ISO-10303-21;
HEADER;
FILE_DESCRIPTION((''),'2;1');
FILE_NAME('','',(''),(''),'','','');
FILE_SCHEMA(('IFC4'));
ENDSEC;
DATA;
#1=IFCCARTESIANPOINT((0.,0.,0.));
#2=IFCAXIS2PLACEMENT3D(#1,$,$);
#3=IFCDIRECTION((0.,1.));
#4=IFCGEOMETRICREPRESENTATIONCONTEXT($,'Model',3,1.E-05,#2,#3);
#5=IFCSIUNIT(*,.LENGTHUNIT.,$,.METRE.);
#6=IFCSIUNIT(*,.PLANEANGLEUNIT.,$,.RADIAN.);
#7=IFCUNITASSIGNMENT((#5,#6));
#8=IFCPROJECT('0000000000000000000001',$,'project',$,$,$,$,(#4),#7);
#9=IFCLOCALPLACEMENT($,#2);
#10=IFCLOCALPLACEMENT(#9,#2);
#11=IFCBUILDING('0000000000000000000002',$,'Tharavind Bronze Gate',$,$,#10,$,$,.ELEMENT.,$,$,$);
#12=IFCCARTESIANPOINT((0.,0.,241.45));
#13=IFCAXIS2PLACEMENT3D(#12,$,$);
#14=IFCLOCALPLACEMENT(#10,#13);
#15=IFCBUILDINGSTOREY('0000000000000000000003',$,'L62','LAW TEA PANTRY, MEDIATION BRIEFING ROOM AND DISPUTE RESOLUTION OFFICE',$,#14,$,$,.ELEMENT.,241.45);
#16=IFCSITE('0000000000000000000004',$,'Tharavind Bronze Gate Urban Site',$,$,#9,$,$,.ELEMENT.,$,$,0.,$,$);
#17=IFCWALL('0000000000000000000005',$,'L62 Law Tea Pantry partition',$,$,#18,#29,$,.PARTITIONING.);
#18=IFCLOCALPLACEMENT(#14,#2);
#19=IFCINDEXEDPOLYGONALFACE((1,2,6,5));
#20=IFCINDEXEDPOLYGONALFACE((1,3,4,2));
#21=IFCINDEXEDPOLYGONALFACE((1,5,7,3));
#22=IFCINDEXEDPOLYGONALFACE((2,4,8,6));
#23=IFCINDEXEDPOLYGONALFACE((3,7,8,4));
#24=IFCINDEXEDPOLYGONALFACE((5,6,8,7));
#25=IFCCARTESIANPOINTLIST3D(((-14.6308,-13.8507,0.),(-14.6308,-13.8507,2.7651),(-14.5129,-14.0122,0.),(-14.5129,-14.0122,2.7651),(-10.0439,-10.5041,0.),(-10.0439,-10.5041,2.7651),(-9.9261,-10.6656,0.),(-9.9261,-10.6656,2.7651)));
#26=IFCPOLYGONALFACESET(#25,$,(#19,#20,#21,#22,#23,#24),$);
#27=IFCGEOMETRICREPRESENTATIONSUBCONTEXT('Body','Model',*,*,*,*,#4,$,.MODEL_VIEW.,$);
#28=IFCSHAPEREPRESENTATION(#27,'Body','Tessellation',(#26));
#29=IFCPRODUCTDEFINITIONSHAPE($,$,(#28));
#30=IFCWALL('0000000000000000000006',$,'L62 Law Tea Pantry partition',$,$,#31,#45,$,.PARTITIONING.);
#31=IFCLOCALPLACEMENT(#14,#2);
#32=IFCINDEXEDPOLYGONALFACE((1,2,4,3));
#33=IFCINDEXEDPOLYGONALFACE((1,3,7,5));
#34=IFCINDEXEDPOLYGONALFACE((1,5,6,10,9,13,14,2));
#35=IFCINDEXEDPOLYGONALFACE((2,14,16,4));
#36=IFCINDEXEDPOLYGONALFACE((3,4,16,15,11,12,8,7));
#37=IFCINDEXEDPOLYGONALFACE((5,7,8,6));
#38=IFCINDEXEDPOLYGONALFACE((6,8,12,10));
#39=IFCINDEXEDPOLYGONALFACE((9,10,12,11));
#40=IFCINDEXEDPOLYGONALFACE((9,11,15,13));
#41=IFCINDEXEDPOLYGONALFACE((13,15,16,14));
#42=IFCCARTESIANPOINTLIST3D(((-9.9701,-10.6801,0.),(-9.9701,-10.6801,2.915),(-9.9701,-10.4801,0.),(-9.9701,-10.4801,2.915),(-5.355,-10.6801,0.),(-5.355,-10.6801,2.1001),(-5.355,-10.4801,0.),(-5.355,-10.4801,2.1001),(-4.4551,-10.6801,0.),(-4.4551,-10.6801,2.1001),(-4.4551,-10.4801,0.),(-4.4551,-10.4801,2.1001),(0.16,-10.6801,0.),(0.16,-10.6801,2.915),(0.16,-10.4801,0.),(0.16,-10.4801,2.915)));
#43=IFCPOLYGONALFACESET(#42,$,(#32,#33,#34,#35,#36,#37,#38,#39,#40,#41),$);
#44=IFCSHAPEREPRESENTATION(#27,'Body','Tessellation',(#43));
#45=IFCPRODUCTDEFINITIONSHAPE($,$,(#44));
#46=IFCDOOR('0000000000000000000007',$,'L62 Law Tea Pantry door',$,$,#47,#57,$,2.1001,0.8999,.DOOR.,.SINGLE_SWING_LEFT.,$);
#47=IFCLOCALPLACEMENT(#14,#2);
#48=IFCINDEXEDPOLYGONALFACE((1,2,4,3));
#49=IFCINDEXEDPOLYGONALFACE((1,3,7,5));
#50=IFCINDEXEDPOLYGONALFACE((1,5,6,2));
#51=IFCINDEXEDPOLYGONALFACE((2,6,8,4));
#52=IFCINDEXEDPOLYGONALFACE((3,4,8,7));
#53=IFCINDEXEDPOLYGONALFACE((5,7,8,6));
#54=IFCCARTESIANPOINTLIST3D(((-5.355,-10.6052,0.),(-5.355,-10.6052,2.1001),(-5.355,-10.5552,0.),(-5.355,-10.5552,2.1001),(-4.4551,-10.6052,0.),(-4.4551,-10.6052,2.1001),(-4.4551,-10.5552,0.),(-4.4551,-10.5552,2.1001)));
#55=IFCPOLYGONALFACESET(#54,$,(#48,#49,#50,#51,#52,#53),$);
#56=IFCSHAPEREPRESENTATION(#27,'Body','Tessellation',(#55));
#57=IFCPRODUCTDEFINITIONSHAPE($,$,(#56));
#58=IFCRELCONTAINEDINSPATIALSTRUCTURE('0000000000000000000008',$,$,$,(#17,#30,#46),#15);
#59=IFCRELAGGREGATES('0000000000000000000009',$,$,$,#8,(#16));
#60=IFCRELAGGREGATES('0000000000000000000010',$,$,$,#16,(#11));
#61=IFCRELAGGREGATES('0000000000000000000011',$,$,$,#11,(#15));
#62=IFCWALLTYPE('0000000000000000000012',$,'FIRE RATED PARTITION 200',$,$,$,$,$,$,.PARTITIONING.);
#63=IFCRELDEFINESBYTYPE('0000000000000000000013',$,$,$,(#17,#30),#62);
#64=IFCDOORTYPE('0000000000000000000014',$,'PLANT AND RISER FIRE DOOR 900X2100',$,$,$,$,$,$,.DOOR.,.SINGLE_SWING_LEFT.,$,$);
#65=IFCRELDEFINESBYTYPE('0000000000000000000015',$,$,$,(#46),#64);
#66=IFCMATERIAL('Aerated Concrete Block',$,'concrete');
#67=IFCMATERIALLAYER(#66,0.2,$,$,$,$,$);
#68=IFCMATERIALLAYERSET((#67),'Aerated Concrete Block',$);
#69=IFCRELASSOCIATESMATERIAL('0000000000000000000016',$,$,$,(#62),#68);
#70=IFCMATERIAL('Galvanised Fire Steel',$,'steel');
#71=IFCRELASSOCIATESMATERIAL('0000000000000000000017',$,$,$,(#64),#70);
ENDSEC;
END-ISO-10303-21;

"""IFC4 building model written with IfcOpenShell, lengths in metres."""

from ifc_helpers import new_model, si_unit, direction, frame, frame_2d, origin, place, context, subcontext, project, spatial, rectangle, extrude, material, layer, layer_set, type_object, element, fill, save


model = new_model("IFC4")

# Units and contexts
model_context = context("Model", 3, precision=1e-05, world=origin(), true_north=direction((0.0, 1.0)))
body_context = subcontext(model_context, "Body", "Model", "MODEL_VIEW")
ifc_project = project(units=[si_unit("LENGTHUNIT", "METRE"), si_unit("PLANEANGLEUNIT", "RADIAN")], contexts=[model_context])

# Site, building, storey
site_placement = place(None, origin())
site = spatial("IfcSite", under=ifc_project, at=site_placement, Name="Tharavind Bronze Gate Urban Site", CompositionType="ELEMENT", RefElevation=0.0)
building_placement = place(site_placement, origin())
building = spatial("IfcBuilding", under=site, at=building_placement, Name="Tharavind Bronze Gate", CompositionType="ELEMENT")
storey_placement = place(building_placement, frame((0.0, 0.0, 241.45)))
storey = spatial("IfcBuildingStorey", under=building, at=storey_placement, Name="L62", Description="LAW TEA PANTRY, MEDIATION BRIEFING ROOM AND DISPUTE RESOLUTION OFFICE", CompositionType="ELEMENT", Elevation=241.45)

# Wall
ifc_material_1 = material(Name="Aerated Concrete Block", Category="concrete")
ifc_layer_1 = layer(ifc_material_1, 0.2)
ifc_layer_set_1 = layer_set([ifc_layer_1], Name="Aerated Concrete Block")
wall_type_1 = type_object("IfcWallType", Name="FIRE RATED PARTITION 200", PredefinedType="PARTITIONING", material=ifc_layer_set_1)
wall_1_placement = place(storey_placement, frame((-14.5718, -13.9314, 0.0), z_axis=(0.0, 0.0, 1.0), x_axis=(0.807835, 0.589408, 0.0)))
element("IfcWall", 1, at=wall_1_placement, inside=storey, type_object=wall_type_1, Name="L62 Law Tea Pantry partition", PredefinedType="PARTITIONING", context=body_context, shape_type="SweptSolid", body=[
    extrude(rectangle(XDim=5.678, YDim=0.2, at=frame_2d((2.8389, 0.0))), origin(), (0.0, 0.0, 1.0), 2.7651),
])

# Wall, opening, door
wall_2_placement = place(storey_placement, frame((-9.97, -10.5801, 0.0), z_axis=(0.0, 0.0, 1.0), x_axis=(1.0, 0.0, 0.0)))
wall_2 = element("IfcWall", 2, at=wall_2_placement, inside=storey, type_object=wall_type_1, Name="L62 Law Tea Pantry partition", PredefinedType="PARTITIONING", context=body_context, shape_type="SweptSolid", body=[
    extrude(rectangle(XDim=10.1301, YDim=0.2, at=frame_2d((5.0649, 0.0))), origin(), (0.0, 0.0, 1.0), 2.915),
])
opening_placement = place(wall_2_placement, frame((4.615, 0.0, 0.0)))
opening = element("IfcOpeningElement", 3, at=opening_placement, cuts=wall_2, PredefinedType="OPENING", context=body_context, shape_type="SweptSolid", body=[
    extrude(rectangle(XDim=0.8999, YDim=2.1001, at=frame_2d((0.45, 1.05))), frame((0.0, 0.1101, 0.0), z_axis=(0.0, -1.0, 0.0), x_axis=(1.0, 0.0, 0.0)), (0.0, 0.0, 1.0), 0.22),
])
ifc_material_2 = material(Name="Galvanised Fire Steel", Category="steel")
door_type = type_object("IfcDoorType", Name="PLANT AND RISER FIRE DOOR 900X2100", OperationType="SINGLE_SWING_LEFT", PredefinedType="DOOR", material=ifc_material_2)
door_placement = place(opening_placement, origin())
door = element("IfcDoor", 4, at=door_placement, inside=storey, type_object=door_type, Name="L62 Law Tea Pantry door", OperationType="SINGLE_SWING_LEFT", OverallHeight=2.1001, OverallWidth=0.8999, PredefinedType="DOOR", context=body_context, shape_type="SweptSolid", body=[
    extrude(rectangle(XDim=0.8999, YDim=2.1001, at=frame_2d((0.45, 1.05))), frame((0.0, 0.0249, 0.0), z_axis=(0.0, -1.0, 0.0), x_axis=(1.0, 0.0, 0.0)), (0.0, 0.0, 1.0), 0.05),
])
fill(opening, door)

save(model, "model.ifc")
